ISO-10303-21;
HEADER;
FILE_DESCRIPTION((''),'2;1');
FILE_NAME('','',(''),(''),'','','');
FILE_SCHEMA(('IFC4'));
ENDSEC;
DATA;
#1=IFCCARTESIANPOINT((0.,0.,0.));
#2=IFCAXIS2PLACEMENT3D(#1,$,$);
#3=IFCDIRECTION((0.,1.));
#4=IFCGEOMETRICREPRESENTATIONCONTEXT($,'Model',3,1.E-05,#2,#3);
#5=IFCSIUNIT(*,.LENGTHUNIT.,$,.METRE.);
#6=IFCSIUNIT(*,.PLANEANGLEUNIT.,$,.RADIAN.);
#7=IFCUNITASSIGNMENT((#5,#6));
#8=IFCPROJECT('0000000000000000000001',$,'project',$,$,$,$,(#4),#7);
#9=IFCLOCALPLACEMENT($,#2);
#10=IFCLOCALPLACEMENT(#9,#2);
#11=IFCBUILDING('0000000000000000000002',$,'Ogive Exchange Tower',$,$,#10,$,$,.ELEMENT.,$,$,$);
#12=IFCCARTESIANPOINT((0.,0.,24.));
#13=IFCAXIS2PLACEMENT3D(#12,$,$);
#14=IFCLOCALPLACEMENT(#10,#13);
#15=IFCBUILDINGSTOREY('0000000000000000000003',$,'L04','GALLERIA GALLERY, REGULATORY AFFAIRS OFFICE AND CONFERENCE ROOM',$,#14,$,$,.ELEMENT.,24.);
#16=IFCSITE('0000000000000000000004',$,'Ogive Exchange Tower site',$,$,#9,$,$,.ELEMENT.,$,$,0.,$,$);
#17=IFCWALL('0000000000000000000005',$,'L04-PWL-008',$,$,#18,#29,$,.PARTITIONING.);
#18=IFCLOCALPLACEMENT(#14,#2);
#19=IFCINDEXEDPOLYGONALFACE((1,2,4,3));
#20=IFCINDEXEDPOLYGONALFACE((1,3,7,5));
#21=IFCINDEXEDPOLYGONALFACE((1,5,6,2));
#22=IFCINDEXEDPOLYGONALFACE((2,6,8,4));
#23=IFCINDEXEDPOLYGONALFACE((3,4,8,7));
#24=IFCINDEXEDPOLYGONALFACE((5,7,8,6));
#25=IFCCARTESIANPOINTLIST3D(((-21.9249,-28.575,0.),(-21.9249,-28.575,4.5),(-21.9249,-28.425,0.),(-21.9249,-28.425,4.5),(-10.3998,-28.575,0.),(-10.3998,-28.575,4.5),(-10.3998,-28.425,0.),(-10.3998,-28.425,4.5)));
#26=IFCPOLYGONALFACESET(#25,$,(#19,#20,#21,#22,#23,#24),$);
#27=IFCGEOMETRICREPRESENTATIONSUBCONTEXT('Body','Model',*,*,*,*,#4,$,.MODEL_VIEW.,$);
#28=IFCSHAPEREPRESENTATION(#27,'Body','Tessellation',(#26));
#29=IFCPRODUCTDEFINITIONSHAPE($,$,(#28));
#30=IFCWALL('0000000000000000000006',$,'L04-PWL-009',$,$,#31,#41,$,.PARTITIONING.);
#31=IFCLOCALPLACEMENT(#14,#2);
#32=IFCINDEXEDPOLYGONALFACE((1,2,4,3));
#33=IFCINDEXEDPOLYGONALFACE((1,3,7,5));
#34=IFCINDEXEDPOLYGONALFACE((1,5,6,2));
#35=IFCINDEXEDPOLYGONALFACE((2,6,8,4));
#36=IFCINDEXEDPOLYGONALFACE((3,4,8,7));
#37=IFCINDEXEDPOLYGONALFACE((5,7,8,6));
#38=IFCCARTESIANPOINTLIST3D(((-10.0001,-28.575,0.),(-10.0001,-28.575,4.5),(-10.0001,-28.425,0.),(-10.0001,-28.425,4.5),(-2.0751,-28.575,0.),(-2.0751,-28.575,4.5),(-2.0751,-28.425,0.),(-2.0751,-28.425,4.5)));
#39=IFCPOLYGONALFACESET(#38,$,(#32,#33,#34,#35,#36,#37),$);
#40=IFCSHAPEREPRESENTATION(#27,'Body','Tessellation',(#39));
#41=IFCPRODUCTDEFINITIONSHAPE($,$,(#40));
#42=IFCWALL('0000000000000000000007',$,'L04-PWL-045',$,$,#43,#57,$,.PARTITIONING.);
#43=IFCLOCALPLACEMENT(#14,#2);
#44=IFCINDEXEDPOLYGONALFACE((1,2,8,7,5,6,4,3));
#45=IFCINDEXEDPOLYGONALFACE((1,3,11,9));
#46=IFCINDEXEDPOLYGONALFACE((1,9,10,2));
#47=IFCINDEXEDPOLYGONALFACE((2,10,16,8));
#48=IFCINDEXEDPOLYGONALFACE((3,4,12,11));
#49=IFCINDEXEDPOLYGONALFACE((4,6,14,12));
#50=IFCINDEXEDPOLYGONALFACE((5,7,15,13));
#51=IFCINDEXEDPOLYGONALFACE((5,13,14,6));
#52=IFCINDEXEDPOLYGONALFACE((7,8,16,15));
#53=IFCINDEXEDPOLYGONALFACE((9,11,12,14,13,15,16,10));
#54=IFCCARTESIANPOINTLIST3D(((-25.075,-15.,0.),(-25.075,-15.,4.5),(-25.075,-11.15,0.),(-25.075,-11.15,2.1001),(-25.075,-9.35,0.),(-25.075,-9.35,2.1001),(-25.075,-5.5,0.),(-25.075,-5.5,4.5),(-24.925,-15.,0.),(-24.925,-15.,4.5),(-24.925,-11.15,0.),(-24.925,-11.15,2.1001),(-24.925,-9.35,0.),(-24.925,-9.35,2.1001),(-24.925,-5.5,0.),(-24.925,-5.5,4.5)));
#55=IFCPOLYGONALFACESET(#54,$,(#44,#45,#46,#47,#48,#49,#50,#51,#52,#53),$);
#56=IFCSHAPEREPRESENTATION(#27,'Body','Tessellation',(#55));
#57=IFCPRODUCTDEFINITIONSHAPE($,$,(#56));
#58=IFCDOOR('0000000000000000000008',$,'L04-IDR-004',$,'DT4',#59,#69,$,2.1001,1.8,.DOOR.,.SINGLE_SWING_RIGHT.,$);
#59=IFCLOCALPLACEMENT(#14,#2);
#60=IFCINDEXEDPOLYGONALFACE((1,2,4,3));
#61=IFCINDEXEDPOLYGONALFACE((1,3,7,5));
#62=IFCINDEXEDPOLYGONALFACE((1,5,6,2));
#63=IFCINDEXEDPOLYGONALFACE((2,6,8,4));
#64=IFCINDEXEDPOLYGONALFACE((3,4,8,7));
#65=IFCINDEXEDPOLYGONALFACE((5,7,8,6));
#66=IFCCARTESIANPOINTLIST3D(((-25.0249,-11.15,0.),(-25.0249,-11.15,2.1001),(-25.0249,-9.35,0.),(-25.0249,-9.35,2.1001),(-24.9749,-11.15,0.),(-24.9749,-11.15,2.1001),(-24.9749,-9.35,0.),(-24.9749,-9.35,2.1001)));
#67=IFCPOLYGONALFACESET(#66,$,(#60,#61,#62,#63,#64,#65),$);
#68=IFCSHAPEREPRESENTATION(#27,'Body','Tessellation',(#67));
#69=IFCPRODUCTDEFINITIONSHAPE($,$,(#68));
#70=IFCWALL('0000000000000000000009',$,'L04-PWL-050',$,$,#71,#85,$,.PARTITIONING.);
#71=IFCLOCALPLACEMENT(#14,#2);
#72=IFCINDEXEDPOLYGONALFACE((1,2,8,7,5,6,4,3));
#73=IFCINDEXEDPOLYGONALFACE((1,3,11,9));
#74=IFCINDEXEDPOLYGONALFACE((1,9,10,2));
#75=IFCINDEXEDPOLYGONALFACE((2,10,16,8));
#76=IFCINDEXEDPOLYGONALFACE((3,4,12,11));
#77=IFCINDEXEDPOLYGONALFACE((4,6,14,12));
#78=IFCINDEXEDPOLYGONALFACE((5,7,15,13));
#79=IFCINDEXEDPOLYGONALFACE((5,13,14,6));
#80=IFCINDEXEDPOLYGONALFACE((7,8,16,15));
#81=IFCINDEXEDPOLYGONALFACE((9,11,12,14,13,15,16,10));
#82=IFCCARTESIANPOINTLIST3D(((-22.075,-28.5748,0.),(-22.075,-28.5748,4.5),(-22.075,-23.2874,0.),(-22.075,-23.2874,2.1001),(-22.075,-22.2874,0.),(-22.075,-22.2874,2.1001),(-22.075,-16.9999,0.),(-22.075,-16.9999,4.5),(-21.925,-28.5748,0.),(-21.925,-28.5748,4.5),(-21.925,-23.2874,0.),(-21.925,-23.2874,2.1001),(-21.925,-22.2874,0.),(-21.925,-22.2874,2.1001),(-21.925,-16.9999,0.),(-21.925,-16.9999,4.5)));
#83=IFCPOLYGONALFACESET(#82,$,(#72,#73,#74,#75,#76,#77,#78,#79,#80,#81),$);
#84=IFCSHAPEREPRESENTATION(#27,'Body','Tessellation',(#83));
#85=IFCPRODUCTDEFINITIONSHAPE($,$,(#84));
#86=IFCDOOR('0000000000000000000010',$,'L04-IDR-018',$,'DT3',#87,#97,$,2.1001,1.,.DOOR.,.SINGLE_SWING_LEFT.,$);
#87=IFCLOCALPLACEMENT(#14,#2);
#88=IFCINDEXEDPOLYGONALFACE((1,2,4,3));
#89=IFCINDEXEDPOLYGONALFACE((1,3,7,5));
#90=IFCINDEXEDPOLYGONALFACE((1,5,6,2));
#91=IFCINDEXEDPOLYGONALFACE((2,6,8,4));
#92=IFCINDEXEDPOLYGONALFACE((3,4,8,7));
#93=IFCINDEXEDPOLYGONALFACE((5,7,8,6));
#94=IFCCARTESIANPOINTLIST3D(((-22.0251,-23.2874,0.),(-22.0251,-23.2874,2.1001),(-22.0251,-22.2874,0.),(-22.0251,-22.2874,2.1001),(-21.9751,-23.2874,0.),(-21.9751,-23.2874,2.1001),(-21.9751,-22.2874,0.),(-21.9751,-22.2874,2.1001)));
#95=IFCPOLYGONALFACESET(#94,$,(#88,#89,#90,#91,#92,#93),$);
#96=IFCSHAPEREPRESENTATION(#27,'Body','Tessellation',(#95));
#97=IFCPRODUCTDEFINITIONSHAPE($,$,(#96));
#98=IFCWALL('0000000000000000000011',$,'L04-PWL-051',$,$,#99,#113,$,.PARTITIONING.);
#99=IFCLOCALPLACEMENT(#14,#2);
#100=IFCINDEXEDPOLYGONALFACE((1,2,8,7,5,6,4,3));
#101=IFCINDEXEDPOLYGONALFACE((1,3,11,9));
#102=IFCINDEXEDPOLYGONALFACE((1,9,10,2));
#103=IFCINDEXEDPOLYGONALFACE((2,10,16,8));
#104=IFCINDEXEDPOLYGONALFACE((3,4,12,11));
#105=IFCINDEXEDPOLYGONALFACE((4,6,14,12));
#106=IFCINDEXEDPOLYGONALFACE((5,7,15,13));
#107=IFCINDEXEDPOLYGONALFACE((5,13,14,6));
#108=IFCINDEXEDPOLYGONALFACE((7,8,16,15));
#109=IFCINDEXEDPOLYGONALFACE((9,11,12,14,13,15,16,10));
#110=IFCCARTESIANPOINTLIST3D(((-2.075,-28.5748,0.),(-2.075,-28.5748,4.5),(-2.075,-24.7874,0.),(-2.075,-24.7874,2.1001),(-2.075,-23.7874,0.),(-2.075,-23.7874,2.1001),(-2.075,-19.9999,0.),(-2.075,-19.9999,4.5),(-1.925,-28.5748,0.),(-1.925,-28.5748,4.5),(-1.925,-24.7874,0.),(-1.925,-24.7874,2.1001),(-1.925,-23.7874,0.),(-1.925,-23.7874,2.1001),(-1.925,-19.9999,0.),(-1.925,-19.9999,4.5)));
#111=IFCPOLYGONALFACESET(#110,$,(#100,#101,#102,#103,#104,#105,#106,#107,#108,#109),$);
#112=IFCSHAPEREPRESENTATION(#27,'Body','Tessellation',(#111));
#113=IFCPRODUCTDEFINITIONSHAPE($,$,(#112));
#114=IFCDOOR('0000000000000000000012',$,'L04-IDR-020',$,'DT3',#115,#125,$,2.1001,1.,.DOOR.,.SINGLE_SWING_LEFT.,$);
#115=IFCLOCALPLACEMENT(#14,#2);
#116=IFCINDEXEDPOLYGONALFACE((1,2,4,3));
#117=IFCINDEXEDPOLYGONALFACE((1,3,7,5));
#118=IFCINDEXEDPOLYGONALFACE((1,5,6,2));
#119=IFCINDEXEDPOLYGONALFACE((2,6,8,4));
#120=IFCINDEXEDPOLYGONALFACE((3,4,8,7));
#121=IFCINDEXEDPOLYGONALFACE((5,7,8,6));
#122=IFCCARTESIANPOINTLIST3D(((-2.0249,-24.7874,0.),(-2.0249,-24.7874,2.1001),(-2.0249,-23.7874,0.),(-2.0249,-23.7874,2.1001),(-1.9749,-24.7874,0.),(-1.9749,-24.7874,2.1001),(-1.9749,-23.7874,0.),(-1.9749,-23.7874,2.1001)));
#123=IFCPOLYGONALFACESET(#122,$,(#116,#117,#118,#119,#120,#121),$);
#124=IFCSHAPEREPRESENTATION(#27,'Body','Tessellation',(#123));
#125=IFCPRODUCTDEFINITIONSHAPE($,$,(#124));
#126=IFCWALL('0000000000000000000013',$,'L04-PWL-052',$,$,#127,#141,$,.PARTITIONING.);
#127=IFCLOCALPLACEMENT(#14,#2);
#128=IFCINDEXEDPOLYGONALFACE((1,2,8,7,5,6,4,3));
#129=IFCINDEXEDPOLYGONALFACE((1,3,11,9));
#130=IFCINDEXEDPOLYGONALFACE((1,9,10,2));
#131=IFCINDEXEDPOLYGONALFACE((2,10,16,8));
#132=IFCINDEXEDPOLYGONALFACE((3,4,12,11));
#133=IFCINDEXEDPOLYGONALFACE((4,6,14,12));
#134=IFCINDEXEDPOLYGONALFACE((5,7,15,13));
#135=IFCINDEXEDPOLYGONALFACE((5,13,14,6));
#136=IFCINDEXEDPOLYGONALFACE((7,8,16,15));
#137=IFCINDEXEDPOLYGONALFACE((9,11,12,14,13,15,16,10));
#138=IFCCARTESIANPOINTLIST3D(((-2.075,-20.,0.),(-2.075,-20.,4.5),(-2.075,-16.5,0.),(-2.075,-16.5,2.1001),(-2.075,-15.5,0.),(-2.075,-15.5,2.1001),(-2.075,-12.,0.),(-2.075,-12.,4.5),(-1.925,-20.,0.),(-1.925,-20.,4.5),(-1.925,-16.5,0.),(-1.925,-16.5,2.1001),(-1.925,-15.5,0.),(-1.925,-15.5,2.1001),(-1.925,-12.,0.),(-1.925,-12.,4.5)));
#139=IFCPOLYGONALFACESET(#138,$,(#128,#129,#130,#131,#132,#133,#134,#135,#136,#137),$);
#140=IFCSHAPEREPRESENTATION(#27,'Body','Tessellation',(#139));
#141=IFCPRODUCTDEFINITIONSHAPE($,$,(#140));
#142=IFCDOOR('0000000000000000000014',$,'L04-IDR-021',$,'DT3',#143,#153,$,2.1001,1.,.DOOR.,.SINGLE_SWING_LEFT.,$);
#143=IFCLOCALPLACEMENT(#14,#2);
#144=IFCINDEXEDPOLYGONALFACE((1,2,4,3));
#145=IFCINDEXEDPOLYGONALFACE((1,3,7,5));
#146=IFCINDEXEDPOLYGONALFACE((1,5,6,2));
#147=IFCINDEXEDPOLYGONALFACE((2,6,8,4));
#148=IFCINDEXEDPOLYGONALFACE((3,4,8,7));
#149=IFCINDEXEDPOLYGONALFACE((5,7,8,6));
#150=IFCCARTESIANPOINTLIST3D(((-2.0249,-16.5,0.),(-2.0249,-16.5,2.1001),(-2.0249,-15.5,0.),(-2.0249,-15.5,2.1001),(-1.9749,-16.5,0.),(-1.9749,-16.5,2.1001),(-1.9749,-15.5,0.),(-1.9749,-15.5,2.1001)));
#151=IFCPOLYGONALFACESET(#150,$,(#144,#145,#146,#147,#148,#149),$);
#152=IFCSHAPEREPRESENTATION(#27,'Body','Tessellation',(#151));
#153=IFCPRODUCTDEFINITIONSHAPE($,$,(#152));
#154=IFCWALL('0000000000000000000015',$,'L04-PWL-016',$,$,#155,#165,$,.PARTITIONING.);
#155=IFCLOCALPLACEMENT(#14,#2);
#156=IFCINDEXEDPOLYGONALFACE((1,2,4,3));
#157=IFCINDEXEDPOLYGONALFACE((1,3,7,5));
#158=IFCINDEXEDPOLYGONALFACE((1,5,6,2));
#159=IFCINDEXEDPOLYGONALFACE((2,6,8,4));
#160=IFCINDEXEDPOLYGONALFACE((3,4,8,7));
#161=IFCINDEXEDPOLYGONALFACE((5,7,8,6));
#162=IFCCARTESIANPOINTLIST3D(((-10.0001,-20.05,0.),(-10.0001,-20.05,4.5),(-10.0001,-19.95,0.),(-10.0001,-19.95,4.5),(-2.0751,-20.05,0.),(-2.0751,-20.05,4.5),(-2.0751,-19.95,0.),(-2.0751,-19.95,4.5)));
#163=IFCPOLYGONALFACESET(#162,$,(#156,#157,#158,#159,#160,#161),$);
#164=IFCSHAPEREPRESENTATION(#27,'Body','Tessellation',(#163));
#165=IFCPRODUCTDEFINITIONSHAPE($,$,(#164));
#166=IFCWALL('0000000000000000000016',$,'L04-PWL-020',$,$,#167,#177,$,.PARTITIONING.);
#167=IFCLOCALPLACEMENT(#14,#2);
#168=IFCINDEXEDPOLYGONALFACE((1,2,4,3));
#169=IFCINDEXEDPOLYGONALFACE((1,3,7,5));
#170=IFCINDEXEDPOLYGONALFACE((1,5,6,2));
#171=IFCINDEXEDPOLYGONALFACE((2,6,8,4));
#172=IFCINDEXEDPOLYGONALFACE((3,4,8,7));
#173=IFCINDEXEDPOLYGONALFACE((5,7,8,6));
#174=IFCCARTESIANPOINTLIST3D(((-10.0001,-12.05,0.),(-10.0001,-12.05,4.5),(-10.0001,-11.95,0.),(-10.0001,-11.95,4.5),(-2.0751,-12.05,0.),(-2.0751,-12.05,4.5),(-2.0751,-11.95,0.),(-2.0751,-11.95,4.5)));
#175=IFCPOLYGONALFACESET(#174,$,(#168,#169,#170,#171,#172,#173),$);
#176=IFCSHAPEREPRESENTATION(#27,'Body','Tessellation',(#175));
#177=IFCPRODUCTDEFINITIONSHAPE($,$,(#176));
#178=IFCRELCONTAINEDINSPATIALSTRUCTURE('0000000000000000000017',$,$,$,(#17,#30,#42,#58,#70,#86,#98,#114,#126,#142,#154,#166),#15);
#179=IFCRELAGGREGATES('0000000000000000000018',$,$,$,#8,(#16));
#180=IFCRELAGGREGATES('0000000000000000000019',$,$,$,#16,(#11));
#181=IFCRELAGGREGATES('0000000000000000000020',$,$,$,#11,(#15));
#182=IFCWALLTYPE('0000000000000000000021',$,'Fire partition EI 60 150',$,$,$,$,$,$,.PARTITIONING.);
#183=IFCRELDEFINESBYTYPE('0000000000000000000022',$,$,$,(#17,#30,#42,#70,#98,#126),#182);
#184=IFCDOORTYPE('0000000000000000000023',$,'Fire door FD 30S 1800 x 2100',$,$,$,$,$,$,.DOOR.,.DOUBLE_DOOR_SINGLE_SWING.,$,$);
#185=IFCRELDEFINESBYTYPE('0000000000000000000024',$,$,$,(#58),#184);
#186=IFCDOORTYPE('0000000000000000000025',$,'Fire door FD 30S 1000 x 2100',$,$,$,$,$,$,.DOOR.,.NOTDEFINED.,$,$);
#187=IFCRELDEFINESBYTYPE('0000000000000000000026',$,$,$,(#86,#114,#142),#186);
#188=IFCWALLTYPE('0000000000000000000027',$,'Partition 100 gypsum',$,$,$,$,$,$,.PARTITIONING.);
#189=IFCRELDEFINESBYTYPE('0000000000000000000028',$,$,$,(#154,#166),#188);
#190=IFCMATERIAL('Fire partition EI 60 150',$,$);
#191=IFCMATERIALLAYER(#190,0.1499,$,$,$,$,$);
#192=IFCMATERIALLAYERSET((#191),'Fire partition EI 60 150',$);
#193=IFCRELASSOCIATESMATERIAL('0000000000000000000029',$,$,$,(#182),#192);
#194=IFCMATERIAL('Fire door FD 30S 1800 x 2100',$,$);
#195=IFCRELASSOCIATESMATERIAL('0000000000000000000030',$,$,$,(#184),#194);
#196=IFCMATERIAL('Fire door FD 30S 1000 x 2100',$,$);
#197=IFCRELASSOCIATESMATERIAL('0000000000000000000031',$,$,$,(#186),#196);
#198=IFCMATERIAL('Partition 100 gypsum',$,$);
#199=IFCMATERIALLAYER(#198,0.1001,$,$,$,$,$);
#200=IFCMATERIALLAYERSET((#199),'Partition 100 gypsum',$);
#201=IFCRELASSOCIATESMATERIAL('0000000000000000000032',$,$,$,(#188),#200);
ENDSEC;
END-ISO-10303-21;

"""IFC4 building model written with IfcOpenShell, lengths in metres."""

from ifc_helpers import new_model, si_unit, direction, frame, frame_2d, origin, place, context, subcontext, project, spatial, rectangle, extrude, material, layer, layer_set, type_object, element, fill, save


model = new_model("IFC4")

# Units and contexts
model_context = context("Model", 3, precision=1e-05, world=origin(), true_north=direction((0.0, 1.0)))
body_context = subcontext(model_context, "Body", "Model", "MODEL_VIEW")
ifc_project = project(units=[si_unit("LENGTHUNIT", "METRE"), si_unit("PLANEANGLEUNIT", "RADIAN")], contexts=[model_context])

# Site, building, storey
site_placement = place(None, origin())
site = spatial("IfcSite", under=ifc_project, at=site_placement, Name="Ogive Exchange Tower site", CompositionType="ELEMENT", RefElevation=0.0)
building_placement = place(site_placement, origin())
building = spatial("IfcBuilding", under=site, at=building_placement, Name="Ogive Exchange Tower", CompositionType="ELEMENT")
storey_placement = place(building_placement, frame((0.0, 0.0, 24.0)))
storey = spatial("IfcBuildingStorey", under=building, at=storey_placement, Name="L04", Description="GALLERIA GALLERY, REGULATORY AFFAIRS OFFICE AND CONFERENCE ROOM", CompositionType="ELEMENT", Elevation=24.0)

# Walls
ifc_material_1 = material(Name="Fire partition EI 60 150")
ifc_layer_1 = layer(ifc_material_1, 0.1499)
ifc_layer_set_1 = layer_set([ifc_layer_1], Name="Fire partition EI 60 150")
wall_type_1 = type_object("IfcWallType", Name="Fire partition EI 60 150", PredefinedType="PARTITIONING", material=ifc_layer_set_1)
wall_1_placement = place(storey_placement, frame((-21.925, -28.5, 0.0), z_axis=(0.0, 0.0, 1.0), x_axis=(1.0, 0.0, 0.0)))
element("IfcWall", 1, at=wall_1_placement, inside=storey, type_object=wall_type_1, Name="L04-PWL-008", PredefinedType="PARTITIONING", context=body_context, shape_type="SweptSolid", body=[
    extrude(rectangle(XDim=11.5251, YDim=0.1499, at=frame_2d((5.7627, 0.0))), origin(), (0.0, 0.0, 1.0), 4.5),
])
wall_2_placement = place(storey_placement, frame((-10.0, -28.5, 0.0), z_axis=(0.0, 0.0, 1.0), x_axis=(1.0, 0.0, 0.0)))
element("IfcWall", 2, at=wall_2_placement, inside=storey, type_object=wall_type_1, Name="L04-PWL-009", PredefinedType="PARTITIONING", context=body_context, shape_type="SweptSolid", body=[
    extrude(rectangle(XDim=7.925, YDim=0.1499, at=frame_2d((3.9624, 0.0))), origin(), (0.0, 0.0, 1.0), 4.5),
])

# Walls, openings, doors
wall_3_placement = place(storey_placement, frame((-25.0, -15.0, 0.0), z_axis=(0.0, 0.0, 1.0), x_axis=(0.0, 1.0, 0.0)))
wall_3 = element("IfcWall", 3, at=wall_3_placement, inside=storey, type_object=wall_type_1, Name="L04-PWL-045", PredefinedType="PARTITIONING", context=body_context, shape_type="SweptSolid", body=[
    extrude(rectangle(XDim=9.5, YDim=0.1499, at=frame_2d((4.75, 0.0))), origin(), (0.0, 0.0, 1.0), 4.5),
])
opening_1_placement = place(wall_3_placement, frame((3.8501, 0.0, 0.0)))
opening_1 = element("IfcOpeningElement", 4, at=opening_1_placement, cuts=wall_3, PredefinedType="OPENING", context=body_context, shape_type="SweptSolid", body=[
    extrude(rectangle(XDim=1.8, YDim=2.1001, at=frame_2d((0.8999, 1.05))), frame((0.0, 0.085, 0.0), z_axis=(0.0, -1.0, 0.0), x_axis=(1.0, 0.0, 0.0)), (0.0, 0.0, 1.0), 0.1699),
])
ifc_material_2 = material(Name="Fire door FD 30S 1800 x 2100")
door_type_1 = type_object("IfcDoorType", Name="Fire door FD 30S 1800 x 2100", OperationType="DOUBLE_DOOR_SINGLE_SWING", PredefinedType="DOOR", material=ifc_material_2)
door_1_placement = place(opening_1_placement, origin())
door_1 = element("IfcDoor", 5, at=door_1_placement, inside=storey, type_object=door_type_1, Name="L04-IDR-004", ObjectType="DT4", OperationType="SINGLE_SWING_RIGHT", OverallHeight=2.1001, OverallWidth=1.8, PredefinedType="DOOR", context=body_context, shape_type="SweptSolid", body=[
    extrude(rectangle(XDim=1.8, YDim=2.1001, at=frame_2d((0.8999, 1.05))), frame((0.0, 0.0249, 0.0), z_axis=(0.0, -1.0, 0.0), x_axis=(1.0, 0.0, 0.0)), (0.0, 0.0, 1.0), 0.05),
])
fill(opening_1, door_1)
wall_4_placement = place(storey_placement, frame((-22.0, -28.575, 0.0), z_axis=(0.0, 0.0, 1.0), x_axis=(0.0, 1.0, 0.0)))
wall_4 = element("IfcWall", 6, at=wall_4_placement, inside=storey, type_object=wall_type_1, Name="L04-PWL-050", PredefinedType="PARTITIONING", context=body_context, shape_type="SweptSolid", body=[
    extrude(rectangle(XDim=11.575, YDim=0.1499, at=frame_2d((5.7876, 0.0))), origin(), (0.0, 0.0, 1.0), 4.5),
])
opening_2_placement = place(wall_4_placement, frame((5.2876, 0.0, 0.0)))
opening_2 = element("IfcOpeningElement", 7, at=opening_2_placement, cuts=wall_4, PredefinedType="OPENING", context=body_context, shape_type="SweptSolid", body=[
    extrude(rectangle(XDim=1.0, YDim=2.1001, at=frame_2d((0.5, 1.05))), frame((0.0, 0.085, 0.0), z_axis=(0.0, -1.0, 0.0), x_axis=(1.0, 0.0, 0.0)), (0.0, 0.0, 1.0), 0.1699),
])
ifc_material_3 = material(Name="Fire door FD 30S 1000 x 2100")
door_type_2 = type_object("IfcDoorType", Name="Fire door FD 30S 1000 x 2100", OperationType="NOTDEFINED", PredefinedType="DOOR", material=ifc_material_3)
door_2_placement = place(opening_2_placement, frame((1.0, 0.0, 0.0), z_axis=(0.0, 0.0, 1.0), x_axis=(-1.0, 0.0, 0.0)))
door_2 = element("IfcDoor", 8, at=door_2_placement, inside=storey, type_object=door_type_2, Name="L04-IDR-018", ObjectType="DT3", OperationType="SINGLE_SWING_LEFT", OverallHeight=2.1001, OverallWidth=1.0, PredefinedType="DOOR", context=body_context, shape_type="SweptSolid", body=[
    extrude(rectangle(XDim=1.0, YDim=2.1001, at=frame_2d((0.5, 1.05))), frame((0.0, 0.0249, 0.0), z_axis=(0.0, -1.0, 0.0), x_axis=(1.0, 0.0, 0.0)), (0.0, 0.0, 1.0), 0.05),
])
fill(opening_2, door_2)
wall_5_placement = place(storey_placement, frame((-2.0, -28.575, 0.0), z_axis=(0.0, 0.0, 1.0), x_axis=(0.0, 1.0, 0.0)))
wall_5 = element("IfcWall", 9, at=wall_5_placement, inside=storey, type_object=wall_type_1, Name="L04-PWL-051", PredefinedType="PARTITIONING", context=body_context, shape_type="SweptSolid", body=[
    extrude(rectangle(XDim=8.575, YDim=0.1499, at=frame_2d((4.2876, 0.0))), origin(), (0.0, 0.0, 1.0), 4.5),
])
opening_3_placement = place(wall_5_placement, frame((3.7876, 0.0, 0.0)))
opening_3 = element("IfcOpeningElement", 10, at=opening_3_placement, cuts=wall_5, PredefinedType="OPENING", context=body_context, shape_type="SweptSolid", body=[
    extrude(rectangle(XDim=1.0, YDim=2.1001, at=frame_2d((0.5, 1.05))), frame((0.0, 0.085, 0.0), z_axis=(0.0, -1.0, 0.0), x_axis=(1.0, 0.0, 0.0)), (0.0, 0.0, 1.0), 0.1699),
])
door_3_placement = place(opening_3_placement, origin())
door_3 = element("IfcDoor", 11, at=door_3_placement, inside=storey, type_object=door_type_2, Name="L04-IDR-020", ObjectType="DT3", OperationType="SINGLE_SWING_LEFT", OverallHeight=2.1001, OverallWidth=1.0, PredefinedType="DOOR", context=body_context, shape_type="SweptSolid", body=[
    extrude(rectangle(XDim=1.0, YDim=2.1001, at=frame_2d((0.5, 1.05))), frame((0.0, 0.0249, 0.0), z_axis=(0.0, -1.0, 0.0), x_axis=(1.0, 0.0, 0.0)), (0.0, 0.0, 1.0), 0.05),
])
fill(opening_3, door_3)
wall_6_placement = place(storey_placement, frame((-2.0, -20.0, 0.0), z_axis=(0.0, 0.0, 1.0), x_axis=(0.0, 1.0, 0.0)))
wall_6 = element("IfcWall", 12, at=wall_6_placement, inside=storey, type_object=wall_type_1, Name="L04-PWL-052", PredefinedType="PARTITIONING", context=body_context, shape_type="SweptSolid", body=[
    extrude(rectangle(XDim=8.0, YDim=0.1499, at=frame_2d((4.0, 0.0))), origin(), (0.0, 0.0, 1.0), 4.5),
])
opening_4_placement = place(wall_6_placement, frame((3.5, 0.0, 0.0)))
opening_4 = element("IfcOpeningElement", 13, at=opening_4_placement, cuts=wall_6, PredefinedType="OPENING", context=body_context, shape_type="SweptSolid", body=[
    extrude(rectangle(XDim=1.0, YDim=2.1001, at=frame_2d((0.5, 1.05))), frame((0.0, 0.085, 0.0), z_axis=(0.0, -1.0, 0.0), x_axis=(1.0, 0.0, 0.0)), (0.0, 0.0, 1.0), 0.1699),
])
door_4_placement = place(opening_4_placement, origin())
door_4 = element("IfcDoor", 14, at=door_4_placement, inside=storey, type_object=door_type_2, Name="L04-IDR-021", ObjectType="DT3", OperationType="SINGLE_SWING_LEFT", OverallHeight=2.1001, OverallWidth=1.0, PredefinedType="DOOR", context=body_context, shape_type="SweptSolid", body=[
    extrude(rectangle(XDim=1.0, YDim=2.1001, at=frame_2d((0.5, 1.05))), frame((0.0, 0.0249, 0.0), z_axis=(0.0, -1.0, 0.0), x_axis=(1.0, 0.0, 0.0)), (0.0, 0.0, 1.0), 0.05),
])
fill(opening_4, door_4)

# Walls
ifc_material_4 = material(Name="Partition 100 gypsum")
ifc_layer_2 = layer(ifc_material_4, 0.1001)
ifc_layer_set_2 = layer_set([ifc_layer_2], Name="Partition 100 gypsum")
wall_type_2 = type_object("IfcWallType", Name="Partition 100 gypsum", PredefinedType="PARTITIONING", material=ifc_layer_set_2)
for number, where, z_axis, x_axis, name in (
    (15, (-10.0, -20.0, 0.0), (0.0, 0.0, 1.0), (1.0, 0.0, 0.0), "L04-PWL-016"),
    (16, (-10.0, -12.0, 0.0), (0.0, 0.0, 1.0), (1.0, 0.0, 0.0), "L04-PWL-020"),
):
    element("IfcWall", number, at=place(storey_placement, frame(where, z_axis=z_axis, x_axis=x_axis)), inside=storey, type_object=wall_type_2, Name=name, PredefinedType="PARTITIONING", context=body_context, shape_type="SweptSolid", body=[
        extrude(rectangle(XDim=7.925, YDim=0.1001, at=frame_2d((3.9624, 0.0))), origin(), (0.0, 0.0, 1.0), 4.5),
    ])

save(model, "model.ifc")
